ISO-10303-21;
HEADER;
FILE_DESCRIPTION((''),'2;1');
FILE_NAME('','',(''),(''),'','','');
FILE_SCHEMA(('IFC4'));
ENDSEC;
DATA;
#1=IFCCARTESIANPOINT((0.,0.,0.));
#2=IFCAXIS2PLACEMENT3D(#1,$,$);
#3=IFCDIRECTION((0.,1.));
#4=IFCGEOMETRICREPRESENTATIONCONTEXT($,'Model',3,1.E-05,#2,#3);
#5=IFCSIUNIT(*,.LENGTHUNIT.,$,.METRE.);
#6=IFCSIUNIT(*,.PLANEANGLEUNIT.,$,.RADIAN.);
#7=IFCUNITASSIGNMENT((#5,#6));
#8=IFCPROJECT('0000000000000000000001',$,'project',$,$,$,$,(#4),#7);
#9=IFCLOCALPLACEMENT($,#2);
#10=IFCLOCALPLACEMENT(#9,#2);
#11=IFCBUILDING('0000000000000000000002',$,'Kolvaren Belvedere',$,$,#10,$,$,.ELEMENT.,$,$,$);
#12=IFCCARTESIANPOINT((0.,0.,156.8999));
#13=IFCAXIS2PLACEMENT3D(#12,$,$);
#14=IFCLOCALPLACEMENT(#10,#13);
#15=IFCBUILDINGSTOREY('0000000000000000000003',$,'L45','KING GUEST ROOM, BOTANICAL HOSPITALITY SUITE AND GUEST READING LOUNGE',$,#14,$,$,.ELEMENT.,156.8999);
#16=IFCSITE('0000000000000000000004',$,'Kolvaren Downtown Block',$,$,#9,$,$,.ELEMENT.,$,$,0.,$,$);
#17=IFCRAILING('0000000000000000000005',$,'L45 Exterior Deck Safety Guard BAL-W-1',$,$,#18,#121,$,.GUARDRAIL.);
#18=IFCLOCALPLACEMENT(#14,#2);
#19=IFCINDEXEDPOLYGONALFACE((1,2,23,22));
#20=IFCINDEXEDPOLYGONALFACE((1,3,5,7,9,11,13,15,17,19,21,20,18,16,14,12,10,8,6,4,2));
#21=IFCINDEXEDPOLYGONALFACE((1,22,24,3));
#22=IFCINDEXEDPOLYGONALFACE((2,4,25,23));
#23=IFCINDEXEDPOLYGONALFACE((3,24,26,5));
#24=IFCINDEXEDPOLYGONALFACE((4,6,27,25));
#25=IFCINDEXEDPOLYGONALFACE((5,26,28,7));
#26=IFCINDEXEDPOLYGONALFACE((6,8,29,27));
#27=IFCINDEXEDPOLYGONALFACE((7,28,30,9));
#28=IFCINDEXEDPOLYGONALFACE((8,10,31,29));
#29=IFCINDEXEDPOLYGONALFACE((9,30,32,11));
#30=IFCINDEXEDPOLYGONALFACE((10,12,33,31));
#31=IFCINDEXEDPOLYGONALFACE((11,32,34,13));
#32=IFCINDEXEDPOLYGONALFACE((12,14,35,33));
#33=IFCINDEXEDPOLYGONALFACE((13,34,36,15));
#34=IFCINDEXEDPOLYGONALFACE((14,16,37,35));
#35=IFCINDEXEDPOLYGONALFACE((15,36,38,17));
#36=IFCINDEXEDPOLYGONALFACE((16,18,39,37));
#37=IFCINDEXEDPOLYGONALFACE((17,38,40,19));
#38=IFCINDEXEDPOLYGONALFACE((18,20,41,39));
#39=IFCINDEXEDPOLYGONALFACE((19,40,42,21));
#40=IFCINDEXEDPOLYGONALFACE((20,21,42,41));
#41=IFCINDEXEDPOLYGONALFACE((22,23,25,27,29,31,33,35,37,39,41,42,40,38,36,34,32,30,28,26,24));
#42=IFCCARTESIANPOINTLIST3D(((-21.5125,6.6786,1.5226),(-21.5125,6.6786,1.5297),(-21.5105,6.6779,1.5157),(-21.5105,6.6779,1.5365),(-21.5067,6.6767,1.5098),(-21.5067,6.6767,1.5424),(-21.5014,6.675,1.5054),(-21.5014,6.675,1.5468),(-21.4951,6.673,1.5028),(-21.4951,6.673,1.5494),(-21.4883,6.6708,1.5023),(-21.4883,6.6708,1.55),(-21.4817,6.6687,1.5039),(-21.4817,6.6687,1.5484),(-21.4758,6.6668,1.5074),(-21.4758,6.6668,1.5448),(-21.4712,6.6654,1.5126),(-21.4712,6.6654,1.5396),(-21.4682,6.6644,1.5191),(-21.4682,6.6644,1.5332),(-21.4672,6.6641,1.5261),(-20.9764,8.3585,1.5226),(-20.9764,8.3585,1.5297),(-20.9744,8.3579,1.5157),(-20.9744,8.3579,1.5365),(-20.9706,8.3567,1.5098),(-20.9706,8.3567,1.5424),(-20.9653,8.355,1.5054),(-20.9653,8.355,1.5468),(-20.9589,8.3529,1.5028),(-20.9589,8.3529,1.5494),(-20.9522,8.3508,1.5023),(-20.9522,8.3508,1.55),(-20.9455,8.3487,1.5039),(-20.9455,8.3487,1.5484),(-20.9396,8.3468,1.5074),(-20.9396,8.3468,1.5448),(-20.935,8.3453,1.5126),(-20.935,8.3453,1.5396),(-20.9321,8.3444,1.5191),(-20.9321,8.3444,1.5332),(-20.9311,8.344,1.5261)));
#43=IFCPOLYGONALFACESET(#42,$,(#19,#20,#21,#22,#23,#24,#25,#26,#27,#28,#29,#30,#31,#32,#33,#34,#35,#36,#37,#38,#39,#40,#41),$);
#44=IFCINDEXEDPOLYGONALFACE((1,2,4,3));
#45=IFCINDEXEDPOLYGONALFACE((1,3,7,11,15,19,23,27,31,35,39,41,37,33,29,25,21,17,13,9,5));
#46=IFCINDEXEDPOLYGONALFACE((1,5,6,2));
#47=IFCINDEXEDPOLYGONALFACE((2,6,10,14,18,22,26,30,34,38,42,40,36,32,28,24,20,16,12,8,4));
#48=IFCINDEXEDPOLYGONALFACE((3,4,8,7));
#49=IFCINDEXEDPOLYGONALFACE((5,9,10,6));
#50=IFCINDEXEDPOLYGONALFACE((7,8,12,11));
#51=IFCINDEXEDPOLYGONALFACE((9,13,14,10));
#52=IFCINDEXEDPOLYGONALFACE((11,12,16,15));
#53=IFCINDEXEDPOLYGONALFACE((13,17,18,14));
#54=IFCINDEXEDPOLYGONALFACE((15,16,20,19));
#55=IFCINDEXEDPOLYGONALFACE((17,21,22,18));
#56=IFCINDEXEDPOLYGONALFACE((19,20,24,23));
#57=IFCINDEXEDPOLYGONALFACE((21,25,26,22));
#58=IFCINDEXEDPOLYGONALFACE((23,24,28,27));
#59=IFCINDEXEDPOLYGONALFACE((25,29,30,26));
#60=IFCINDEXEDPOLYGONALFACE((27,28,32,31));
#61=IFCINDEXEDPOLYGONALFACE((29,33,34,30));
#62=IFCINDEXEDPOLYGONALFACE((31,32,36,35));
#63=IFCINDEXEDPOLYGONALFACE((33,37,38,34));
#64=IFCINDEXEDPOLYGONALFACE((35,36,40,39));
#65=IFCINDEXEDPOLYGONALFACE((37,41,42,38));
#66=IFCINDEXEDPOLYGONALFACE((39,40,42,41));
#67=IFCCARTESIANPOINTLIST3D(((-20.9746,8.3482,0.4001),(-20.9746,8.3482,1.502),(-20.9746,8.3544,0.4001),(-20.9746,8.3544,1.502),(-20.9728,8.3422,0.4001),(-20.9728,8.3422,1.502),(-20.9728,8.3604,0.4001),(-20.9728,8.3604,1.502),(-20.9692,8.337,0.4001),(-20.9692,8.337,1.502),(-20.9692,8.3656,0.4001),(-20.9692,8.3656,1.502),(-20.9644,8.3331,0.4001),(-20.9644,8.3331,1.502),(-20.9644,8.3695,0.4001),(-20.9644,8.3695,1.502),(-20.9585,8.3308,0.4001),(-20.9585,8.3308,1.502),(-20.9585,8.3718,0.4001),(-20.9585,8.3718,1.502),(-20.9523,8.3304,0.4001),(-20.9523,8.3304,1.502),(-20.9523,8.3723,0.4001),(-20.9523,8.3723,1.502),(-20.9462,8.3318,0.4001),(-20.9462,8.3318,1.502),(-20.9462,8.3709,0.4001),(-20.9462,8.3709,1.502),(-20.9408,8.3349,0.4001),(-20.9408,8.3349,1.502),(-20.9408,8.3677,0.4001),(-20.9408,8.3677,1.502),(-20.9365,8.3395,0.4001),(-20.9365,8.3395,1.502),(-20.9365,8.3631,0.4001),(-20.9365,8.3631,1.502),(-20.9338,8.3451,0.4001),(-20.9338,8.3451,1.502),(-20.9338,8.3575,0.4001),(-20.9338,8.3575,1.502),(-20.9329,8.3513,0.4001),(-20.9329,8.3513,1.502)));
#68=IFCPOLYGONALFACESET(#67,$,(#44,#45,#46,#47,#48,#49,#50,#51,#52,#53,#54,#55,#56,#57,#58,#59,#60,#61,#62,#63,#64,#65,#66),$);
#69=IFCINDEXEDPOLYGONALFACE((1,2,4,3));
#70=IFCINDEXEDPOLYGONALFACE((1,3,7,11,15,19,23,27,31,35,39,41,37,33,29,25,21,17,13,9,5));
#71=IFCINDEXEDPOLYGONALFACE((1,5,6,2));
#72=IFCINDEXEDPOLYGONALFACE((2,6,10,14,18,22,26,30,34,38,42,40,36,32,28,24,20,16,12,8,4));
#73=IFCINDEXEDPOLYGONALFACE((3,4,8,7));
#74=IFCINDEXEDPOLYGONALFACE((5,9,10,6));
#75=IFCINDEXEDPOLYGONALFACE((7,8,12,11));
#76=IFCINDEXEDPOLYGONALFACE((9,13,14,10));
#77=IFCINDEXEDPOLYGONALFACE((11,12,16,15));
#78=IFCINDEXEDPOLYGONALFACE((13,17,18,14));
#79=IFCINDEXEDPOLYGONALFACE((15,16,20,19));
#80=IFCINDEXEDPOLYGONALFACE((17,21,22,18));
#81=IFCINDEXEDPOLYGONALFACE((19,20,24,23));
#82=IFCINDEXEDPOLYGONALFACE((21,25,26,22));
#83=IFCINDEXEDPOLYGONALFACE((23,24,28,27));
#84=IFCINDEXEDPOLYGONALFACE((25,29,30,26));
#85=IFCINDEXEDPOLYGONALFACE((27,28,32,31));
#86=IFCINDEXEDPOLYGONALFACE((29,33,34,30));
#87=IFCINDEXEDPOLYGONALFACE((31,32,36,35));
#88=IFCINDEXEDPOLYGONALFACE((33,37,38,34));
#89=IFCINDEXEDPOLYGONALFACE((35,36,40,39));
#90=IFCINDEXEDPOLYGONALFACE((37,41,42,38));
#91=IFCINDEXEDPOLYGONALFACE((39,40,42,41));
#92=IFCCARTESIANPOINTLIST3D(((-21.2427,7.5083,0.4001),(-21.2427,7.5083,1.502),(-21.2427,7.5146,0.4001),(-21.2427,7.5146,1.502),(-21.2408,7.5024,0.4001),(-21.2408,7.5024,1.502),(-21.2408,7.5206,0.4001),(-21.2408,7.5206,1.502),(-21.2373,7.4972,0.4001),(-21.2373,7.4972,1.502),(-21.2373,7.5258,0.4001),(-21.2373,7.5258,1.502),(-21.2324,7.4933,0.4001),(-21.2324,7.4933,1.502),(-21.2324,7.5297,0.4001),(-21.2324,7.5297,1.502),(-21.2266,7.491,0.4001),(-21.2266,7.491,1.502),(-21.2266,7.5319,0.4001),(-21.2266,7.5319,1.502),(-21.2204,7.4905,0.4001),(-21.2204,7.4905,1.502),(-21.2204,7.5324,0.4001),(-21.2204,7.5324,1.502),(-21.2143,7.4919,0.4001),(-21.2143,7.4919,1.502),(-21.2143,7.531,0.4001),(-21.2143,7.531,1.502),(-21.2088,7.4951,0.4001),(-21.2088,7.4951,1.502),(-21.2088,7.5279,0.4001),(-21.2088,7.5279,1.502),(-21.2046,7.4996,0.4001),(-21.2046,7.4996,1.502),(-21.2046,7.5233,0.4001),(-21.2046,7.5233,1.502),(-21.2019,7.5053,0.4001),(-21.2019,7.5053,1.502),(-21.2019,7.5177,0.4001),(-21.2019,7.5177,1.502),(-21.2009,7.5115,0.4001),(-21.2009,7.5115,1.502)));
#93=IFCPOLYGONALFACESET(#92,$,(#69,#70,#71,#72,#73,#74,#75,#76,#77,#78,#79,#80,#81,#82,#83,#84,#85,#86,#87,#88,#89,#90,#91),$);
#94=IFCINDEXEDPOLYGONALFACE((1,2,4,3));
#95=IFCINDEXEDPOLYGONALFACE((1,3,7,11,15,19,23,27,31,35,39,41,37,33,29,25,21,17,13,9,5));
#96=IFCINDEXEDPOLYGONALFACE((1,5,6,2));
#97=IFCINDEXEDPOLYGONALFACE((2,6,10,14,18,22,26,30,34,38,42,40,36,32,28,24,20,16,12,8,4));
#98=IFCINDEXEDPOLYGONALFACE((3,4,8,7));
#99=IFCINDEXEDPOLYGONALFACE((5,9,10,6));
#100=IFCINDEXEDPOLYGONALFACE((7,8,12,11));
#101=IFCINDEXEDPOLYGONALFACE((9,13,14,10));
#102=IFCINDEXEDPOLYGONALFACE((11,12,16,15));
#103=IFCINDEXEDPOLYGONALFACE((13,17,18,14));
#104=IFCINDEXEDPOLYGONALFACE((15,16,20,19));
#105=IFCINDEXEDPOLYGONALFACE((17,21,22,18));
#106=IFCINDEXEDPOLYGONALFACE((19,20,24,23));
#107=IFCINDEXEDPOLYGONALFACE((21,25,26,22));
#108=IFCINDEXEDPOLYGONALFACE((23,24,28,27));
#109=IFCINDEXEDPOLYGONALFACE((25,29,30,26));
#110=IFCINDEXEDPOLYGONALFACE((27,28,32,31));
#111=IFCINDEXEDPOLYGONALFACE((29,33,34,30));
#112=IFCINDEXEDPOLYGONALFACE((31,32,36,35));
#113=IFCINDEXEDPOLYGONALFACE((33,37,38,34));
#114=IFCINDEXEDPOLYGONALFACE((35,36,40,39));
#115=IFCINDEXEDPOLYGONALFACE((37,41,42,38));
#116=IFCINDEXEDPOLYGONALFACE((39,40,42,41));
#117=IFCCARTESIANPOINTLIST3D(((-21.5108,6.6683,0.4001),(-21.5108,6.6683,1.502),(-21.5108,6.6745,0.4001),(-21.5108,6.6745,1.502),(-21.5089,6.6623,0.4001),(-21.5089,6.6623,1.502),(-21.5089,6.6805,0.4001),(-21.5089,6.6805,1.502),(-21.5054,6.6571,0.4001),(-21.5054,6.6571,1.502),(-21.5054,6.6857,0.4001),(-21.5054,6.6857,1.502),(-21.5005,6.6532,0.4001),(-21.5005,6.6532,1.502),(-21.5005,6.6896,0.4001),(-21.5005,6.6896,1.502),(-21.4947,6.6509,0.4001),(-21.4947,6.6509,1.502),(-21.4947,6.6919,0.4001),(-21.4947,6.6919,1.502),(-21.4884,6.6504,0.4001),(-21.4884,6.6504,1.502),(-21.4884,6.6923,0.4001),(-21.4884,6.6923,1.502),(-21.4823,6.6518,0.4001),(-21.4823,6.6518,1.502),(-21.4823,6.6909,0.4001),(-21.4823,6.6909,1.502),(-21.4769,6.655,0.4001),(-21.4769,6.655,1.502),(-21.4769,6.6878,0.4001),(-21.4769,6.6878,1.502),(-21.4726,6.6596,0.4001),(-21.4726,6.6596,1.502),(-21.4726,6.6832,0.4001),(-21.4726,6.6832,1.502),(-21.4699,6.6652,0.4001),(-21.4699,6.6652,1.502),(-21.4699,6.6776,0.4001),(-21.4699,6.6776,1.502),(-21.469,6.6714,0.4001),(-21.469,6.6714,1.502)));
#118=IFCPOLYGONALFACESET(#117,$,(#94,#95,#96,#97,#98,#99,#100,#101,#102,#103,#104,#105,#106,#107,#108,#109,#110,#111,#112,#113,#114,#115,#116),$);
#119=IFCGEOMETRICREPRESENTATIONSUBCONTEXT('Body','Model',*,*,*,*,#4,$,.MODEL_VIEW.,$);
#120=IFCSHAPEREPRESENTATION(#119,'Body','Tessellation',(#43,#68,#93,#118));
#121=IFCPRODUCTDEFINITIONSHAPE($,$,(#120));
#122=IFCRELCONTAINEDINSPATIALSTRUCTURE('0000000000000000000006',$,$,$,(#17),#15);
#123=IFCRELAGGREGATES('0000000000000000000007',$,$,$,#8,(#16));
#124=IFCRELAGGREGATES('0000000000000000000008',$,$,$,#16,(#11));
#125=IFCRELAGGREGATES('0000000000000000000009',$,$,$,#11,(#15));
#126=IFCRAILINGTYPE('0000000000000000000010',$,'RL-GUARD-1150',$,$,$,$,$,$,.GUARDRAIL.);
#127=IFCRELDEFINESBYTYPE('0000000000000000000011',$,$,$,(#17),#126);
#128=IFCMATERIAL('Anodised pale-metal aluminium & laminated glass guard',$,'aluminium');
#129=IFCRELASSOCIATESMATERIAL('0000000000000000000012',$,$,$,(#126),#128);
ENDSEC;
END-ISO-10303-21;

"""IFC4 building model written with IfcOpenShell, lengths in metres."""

from ifc_helpers import new_model, si_unit, direction, frame, origin, origin_2d, place, context, subcontext, project, spatial, circle, extrude, material, type_object, element, save


model = new_model("IFC4")

# Units and contexts
model_context = context("Model", 3, precision=1e-05, world=origin(), true_north=direction((0.0, 1.0)))
body_context = subcontext(model_context, "Body", "Model", "MODEL_VIEW")
ifc_project = project(units=[si_unit("LENGTHUNIT", "METRE"), si_unit("PLANEANGLEUNIT", "RADIAN")], contexts=[model_context])

# Site, building, storey
site_placement = place(None, origin())
site = spatial("IfcSite", under=ifc_project, at=site_placement, Name="Kolvaren Downtown Block", CompositionType="ELEMENT", RefElevation=0.0)
building_placement = place(site_placement, origin())
building = spatial("IfcBuilding", under=site, at=building_placement, Name="Kolvaren Belvedere", CompositionType="ELEMENT")
storey_placement = place(building_placement, frame((0.0, 0.0, 156.8999)))
storey = spatial("IfcBuildingStorey", under=building, at=storey_placement, Name="L45", Description="KING GUEST ROOM, BOTANICAL HOSPITALITY SUITE AND GUEST READING LOUNGE", CompositionType="ELEMENT", Elevation=156.8999)

# Railing
ifc_material_1 = material(Name="Anodised pale-metal aluminium & laminated glass guard", Category="aluminium")
railing_type = type_object("IfcRailingType", Name="RL-GUARD-1150", PredefinedType="GUARDRAIL", material=ifc_material_1)
railing_1_placement = place(storey_placement, frame((-20.9539, 8.3513, 0.4001)))
element("IfcRailing", 1, at=railing_1_placement, inside=storey, type_object=railing_type, Name="L45 Exterior Deck Safety Guard BAL-W-1", PredefinedType="GUARDRAIL", context=body_context, shape_type="SweptSolid", body=[
    extrude(circle(Radius=0.0239, at=origin_2d()), frame((0.0, 0.0, 1.126), z_axis=(-0.304032, -0.952662, 0.0), x_axis=(0.952662, -0.304032, 0.0)), (0.0, 0.0, 1.0), 1.7634),
    extrude(circle(Radius=0.021, at=origin_2d()), origin(), (0.0, 0.0, 1.0), 1.1018),
    extrude(circle(Radius=0.021, at=origin_2d()), frame((-0.2681, -0.8398, 0.0)), (0.0, 0.0, 1.0), 1.1018),
    extrude(circle(Radius=0.021, at=origin_2d()), frame((-0.5361, -1.6799, 0.0)), (0.0, 0.0, 1.0), 1.1018),
])

save(model, "model.ifc")
